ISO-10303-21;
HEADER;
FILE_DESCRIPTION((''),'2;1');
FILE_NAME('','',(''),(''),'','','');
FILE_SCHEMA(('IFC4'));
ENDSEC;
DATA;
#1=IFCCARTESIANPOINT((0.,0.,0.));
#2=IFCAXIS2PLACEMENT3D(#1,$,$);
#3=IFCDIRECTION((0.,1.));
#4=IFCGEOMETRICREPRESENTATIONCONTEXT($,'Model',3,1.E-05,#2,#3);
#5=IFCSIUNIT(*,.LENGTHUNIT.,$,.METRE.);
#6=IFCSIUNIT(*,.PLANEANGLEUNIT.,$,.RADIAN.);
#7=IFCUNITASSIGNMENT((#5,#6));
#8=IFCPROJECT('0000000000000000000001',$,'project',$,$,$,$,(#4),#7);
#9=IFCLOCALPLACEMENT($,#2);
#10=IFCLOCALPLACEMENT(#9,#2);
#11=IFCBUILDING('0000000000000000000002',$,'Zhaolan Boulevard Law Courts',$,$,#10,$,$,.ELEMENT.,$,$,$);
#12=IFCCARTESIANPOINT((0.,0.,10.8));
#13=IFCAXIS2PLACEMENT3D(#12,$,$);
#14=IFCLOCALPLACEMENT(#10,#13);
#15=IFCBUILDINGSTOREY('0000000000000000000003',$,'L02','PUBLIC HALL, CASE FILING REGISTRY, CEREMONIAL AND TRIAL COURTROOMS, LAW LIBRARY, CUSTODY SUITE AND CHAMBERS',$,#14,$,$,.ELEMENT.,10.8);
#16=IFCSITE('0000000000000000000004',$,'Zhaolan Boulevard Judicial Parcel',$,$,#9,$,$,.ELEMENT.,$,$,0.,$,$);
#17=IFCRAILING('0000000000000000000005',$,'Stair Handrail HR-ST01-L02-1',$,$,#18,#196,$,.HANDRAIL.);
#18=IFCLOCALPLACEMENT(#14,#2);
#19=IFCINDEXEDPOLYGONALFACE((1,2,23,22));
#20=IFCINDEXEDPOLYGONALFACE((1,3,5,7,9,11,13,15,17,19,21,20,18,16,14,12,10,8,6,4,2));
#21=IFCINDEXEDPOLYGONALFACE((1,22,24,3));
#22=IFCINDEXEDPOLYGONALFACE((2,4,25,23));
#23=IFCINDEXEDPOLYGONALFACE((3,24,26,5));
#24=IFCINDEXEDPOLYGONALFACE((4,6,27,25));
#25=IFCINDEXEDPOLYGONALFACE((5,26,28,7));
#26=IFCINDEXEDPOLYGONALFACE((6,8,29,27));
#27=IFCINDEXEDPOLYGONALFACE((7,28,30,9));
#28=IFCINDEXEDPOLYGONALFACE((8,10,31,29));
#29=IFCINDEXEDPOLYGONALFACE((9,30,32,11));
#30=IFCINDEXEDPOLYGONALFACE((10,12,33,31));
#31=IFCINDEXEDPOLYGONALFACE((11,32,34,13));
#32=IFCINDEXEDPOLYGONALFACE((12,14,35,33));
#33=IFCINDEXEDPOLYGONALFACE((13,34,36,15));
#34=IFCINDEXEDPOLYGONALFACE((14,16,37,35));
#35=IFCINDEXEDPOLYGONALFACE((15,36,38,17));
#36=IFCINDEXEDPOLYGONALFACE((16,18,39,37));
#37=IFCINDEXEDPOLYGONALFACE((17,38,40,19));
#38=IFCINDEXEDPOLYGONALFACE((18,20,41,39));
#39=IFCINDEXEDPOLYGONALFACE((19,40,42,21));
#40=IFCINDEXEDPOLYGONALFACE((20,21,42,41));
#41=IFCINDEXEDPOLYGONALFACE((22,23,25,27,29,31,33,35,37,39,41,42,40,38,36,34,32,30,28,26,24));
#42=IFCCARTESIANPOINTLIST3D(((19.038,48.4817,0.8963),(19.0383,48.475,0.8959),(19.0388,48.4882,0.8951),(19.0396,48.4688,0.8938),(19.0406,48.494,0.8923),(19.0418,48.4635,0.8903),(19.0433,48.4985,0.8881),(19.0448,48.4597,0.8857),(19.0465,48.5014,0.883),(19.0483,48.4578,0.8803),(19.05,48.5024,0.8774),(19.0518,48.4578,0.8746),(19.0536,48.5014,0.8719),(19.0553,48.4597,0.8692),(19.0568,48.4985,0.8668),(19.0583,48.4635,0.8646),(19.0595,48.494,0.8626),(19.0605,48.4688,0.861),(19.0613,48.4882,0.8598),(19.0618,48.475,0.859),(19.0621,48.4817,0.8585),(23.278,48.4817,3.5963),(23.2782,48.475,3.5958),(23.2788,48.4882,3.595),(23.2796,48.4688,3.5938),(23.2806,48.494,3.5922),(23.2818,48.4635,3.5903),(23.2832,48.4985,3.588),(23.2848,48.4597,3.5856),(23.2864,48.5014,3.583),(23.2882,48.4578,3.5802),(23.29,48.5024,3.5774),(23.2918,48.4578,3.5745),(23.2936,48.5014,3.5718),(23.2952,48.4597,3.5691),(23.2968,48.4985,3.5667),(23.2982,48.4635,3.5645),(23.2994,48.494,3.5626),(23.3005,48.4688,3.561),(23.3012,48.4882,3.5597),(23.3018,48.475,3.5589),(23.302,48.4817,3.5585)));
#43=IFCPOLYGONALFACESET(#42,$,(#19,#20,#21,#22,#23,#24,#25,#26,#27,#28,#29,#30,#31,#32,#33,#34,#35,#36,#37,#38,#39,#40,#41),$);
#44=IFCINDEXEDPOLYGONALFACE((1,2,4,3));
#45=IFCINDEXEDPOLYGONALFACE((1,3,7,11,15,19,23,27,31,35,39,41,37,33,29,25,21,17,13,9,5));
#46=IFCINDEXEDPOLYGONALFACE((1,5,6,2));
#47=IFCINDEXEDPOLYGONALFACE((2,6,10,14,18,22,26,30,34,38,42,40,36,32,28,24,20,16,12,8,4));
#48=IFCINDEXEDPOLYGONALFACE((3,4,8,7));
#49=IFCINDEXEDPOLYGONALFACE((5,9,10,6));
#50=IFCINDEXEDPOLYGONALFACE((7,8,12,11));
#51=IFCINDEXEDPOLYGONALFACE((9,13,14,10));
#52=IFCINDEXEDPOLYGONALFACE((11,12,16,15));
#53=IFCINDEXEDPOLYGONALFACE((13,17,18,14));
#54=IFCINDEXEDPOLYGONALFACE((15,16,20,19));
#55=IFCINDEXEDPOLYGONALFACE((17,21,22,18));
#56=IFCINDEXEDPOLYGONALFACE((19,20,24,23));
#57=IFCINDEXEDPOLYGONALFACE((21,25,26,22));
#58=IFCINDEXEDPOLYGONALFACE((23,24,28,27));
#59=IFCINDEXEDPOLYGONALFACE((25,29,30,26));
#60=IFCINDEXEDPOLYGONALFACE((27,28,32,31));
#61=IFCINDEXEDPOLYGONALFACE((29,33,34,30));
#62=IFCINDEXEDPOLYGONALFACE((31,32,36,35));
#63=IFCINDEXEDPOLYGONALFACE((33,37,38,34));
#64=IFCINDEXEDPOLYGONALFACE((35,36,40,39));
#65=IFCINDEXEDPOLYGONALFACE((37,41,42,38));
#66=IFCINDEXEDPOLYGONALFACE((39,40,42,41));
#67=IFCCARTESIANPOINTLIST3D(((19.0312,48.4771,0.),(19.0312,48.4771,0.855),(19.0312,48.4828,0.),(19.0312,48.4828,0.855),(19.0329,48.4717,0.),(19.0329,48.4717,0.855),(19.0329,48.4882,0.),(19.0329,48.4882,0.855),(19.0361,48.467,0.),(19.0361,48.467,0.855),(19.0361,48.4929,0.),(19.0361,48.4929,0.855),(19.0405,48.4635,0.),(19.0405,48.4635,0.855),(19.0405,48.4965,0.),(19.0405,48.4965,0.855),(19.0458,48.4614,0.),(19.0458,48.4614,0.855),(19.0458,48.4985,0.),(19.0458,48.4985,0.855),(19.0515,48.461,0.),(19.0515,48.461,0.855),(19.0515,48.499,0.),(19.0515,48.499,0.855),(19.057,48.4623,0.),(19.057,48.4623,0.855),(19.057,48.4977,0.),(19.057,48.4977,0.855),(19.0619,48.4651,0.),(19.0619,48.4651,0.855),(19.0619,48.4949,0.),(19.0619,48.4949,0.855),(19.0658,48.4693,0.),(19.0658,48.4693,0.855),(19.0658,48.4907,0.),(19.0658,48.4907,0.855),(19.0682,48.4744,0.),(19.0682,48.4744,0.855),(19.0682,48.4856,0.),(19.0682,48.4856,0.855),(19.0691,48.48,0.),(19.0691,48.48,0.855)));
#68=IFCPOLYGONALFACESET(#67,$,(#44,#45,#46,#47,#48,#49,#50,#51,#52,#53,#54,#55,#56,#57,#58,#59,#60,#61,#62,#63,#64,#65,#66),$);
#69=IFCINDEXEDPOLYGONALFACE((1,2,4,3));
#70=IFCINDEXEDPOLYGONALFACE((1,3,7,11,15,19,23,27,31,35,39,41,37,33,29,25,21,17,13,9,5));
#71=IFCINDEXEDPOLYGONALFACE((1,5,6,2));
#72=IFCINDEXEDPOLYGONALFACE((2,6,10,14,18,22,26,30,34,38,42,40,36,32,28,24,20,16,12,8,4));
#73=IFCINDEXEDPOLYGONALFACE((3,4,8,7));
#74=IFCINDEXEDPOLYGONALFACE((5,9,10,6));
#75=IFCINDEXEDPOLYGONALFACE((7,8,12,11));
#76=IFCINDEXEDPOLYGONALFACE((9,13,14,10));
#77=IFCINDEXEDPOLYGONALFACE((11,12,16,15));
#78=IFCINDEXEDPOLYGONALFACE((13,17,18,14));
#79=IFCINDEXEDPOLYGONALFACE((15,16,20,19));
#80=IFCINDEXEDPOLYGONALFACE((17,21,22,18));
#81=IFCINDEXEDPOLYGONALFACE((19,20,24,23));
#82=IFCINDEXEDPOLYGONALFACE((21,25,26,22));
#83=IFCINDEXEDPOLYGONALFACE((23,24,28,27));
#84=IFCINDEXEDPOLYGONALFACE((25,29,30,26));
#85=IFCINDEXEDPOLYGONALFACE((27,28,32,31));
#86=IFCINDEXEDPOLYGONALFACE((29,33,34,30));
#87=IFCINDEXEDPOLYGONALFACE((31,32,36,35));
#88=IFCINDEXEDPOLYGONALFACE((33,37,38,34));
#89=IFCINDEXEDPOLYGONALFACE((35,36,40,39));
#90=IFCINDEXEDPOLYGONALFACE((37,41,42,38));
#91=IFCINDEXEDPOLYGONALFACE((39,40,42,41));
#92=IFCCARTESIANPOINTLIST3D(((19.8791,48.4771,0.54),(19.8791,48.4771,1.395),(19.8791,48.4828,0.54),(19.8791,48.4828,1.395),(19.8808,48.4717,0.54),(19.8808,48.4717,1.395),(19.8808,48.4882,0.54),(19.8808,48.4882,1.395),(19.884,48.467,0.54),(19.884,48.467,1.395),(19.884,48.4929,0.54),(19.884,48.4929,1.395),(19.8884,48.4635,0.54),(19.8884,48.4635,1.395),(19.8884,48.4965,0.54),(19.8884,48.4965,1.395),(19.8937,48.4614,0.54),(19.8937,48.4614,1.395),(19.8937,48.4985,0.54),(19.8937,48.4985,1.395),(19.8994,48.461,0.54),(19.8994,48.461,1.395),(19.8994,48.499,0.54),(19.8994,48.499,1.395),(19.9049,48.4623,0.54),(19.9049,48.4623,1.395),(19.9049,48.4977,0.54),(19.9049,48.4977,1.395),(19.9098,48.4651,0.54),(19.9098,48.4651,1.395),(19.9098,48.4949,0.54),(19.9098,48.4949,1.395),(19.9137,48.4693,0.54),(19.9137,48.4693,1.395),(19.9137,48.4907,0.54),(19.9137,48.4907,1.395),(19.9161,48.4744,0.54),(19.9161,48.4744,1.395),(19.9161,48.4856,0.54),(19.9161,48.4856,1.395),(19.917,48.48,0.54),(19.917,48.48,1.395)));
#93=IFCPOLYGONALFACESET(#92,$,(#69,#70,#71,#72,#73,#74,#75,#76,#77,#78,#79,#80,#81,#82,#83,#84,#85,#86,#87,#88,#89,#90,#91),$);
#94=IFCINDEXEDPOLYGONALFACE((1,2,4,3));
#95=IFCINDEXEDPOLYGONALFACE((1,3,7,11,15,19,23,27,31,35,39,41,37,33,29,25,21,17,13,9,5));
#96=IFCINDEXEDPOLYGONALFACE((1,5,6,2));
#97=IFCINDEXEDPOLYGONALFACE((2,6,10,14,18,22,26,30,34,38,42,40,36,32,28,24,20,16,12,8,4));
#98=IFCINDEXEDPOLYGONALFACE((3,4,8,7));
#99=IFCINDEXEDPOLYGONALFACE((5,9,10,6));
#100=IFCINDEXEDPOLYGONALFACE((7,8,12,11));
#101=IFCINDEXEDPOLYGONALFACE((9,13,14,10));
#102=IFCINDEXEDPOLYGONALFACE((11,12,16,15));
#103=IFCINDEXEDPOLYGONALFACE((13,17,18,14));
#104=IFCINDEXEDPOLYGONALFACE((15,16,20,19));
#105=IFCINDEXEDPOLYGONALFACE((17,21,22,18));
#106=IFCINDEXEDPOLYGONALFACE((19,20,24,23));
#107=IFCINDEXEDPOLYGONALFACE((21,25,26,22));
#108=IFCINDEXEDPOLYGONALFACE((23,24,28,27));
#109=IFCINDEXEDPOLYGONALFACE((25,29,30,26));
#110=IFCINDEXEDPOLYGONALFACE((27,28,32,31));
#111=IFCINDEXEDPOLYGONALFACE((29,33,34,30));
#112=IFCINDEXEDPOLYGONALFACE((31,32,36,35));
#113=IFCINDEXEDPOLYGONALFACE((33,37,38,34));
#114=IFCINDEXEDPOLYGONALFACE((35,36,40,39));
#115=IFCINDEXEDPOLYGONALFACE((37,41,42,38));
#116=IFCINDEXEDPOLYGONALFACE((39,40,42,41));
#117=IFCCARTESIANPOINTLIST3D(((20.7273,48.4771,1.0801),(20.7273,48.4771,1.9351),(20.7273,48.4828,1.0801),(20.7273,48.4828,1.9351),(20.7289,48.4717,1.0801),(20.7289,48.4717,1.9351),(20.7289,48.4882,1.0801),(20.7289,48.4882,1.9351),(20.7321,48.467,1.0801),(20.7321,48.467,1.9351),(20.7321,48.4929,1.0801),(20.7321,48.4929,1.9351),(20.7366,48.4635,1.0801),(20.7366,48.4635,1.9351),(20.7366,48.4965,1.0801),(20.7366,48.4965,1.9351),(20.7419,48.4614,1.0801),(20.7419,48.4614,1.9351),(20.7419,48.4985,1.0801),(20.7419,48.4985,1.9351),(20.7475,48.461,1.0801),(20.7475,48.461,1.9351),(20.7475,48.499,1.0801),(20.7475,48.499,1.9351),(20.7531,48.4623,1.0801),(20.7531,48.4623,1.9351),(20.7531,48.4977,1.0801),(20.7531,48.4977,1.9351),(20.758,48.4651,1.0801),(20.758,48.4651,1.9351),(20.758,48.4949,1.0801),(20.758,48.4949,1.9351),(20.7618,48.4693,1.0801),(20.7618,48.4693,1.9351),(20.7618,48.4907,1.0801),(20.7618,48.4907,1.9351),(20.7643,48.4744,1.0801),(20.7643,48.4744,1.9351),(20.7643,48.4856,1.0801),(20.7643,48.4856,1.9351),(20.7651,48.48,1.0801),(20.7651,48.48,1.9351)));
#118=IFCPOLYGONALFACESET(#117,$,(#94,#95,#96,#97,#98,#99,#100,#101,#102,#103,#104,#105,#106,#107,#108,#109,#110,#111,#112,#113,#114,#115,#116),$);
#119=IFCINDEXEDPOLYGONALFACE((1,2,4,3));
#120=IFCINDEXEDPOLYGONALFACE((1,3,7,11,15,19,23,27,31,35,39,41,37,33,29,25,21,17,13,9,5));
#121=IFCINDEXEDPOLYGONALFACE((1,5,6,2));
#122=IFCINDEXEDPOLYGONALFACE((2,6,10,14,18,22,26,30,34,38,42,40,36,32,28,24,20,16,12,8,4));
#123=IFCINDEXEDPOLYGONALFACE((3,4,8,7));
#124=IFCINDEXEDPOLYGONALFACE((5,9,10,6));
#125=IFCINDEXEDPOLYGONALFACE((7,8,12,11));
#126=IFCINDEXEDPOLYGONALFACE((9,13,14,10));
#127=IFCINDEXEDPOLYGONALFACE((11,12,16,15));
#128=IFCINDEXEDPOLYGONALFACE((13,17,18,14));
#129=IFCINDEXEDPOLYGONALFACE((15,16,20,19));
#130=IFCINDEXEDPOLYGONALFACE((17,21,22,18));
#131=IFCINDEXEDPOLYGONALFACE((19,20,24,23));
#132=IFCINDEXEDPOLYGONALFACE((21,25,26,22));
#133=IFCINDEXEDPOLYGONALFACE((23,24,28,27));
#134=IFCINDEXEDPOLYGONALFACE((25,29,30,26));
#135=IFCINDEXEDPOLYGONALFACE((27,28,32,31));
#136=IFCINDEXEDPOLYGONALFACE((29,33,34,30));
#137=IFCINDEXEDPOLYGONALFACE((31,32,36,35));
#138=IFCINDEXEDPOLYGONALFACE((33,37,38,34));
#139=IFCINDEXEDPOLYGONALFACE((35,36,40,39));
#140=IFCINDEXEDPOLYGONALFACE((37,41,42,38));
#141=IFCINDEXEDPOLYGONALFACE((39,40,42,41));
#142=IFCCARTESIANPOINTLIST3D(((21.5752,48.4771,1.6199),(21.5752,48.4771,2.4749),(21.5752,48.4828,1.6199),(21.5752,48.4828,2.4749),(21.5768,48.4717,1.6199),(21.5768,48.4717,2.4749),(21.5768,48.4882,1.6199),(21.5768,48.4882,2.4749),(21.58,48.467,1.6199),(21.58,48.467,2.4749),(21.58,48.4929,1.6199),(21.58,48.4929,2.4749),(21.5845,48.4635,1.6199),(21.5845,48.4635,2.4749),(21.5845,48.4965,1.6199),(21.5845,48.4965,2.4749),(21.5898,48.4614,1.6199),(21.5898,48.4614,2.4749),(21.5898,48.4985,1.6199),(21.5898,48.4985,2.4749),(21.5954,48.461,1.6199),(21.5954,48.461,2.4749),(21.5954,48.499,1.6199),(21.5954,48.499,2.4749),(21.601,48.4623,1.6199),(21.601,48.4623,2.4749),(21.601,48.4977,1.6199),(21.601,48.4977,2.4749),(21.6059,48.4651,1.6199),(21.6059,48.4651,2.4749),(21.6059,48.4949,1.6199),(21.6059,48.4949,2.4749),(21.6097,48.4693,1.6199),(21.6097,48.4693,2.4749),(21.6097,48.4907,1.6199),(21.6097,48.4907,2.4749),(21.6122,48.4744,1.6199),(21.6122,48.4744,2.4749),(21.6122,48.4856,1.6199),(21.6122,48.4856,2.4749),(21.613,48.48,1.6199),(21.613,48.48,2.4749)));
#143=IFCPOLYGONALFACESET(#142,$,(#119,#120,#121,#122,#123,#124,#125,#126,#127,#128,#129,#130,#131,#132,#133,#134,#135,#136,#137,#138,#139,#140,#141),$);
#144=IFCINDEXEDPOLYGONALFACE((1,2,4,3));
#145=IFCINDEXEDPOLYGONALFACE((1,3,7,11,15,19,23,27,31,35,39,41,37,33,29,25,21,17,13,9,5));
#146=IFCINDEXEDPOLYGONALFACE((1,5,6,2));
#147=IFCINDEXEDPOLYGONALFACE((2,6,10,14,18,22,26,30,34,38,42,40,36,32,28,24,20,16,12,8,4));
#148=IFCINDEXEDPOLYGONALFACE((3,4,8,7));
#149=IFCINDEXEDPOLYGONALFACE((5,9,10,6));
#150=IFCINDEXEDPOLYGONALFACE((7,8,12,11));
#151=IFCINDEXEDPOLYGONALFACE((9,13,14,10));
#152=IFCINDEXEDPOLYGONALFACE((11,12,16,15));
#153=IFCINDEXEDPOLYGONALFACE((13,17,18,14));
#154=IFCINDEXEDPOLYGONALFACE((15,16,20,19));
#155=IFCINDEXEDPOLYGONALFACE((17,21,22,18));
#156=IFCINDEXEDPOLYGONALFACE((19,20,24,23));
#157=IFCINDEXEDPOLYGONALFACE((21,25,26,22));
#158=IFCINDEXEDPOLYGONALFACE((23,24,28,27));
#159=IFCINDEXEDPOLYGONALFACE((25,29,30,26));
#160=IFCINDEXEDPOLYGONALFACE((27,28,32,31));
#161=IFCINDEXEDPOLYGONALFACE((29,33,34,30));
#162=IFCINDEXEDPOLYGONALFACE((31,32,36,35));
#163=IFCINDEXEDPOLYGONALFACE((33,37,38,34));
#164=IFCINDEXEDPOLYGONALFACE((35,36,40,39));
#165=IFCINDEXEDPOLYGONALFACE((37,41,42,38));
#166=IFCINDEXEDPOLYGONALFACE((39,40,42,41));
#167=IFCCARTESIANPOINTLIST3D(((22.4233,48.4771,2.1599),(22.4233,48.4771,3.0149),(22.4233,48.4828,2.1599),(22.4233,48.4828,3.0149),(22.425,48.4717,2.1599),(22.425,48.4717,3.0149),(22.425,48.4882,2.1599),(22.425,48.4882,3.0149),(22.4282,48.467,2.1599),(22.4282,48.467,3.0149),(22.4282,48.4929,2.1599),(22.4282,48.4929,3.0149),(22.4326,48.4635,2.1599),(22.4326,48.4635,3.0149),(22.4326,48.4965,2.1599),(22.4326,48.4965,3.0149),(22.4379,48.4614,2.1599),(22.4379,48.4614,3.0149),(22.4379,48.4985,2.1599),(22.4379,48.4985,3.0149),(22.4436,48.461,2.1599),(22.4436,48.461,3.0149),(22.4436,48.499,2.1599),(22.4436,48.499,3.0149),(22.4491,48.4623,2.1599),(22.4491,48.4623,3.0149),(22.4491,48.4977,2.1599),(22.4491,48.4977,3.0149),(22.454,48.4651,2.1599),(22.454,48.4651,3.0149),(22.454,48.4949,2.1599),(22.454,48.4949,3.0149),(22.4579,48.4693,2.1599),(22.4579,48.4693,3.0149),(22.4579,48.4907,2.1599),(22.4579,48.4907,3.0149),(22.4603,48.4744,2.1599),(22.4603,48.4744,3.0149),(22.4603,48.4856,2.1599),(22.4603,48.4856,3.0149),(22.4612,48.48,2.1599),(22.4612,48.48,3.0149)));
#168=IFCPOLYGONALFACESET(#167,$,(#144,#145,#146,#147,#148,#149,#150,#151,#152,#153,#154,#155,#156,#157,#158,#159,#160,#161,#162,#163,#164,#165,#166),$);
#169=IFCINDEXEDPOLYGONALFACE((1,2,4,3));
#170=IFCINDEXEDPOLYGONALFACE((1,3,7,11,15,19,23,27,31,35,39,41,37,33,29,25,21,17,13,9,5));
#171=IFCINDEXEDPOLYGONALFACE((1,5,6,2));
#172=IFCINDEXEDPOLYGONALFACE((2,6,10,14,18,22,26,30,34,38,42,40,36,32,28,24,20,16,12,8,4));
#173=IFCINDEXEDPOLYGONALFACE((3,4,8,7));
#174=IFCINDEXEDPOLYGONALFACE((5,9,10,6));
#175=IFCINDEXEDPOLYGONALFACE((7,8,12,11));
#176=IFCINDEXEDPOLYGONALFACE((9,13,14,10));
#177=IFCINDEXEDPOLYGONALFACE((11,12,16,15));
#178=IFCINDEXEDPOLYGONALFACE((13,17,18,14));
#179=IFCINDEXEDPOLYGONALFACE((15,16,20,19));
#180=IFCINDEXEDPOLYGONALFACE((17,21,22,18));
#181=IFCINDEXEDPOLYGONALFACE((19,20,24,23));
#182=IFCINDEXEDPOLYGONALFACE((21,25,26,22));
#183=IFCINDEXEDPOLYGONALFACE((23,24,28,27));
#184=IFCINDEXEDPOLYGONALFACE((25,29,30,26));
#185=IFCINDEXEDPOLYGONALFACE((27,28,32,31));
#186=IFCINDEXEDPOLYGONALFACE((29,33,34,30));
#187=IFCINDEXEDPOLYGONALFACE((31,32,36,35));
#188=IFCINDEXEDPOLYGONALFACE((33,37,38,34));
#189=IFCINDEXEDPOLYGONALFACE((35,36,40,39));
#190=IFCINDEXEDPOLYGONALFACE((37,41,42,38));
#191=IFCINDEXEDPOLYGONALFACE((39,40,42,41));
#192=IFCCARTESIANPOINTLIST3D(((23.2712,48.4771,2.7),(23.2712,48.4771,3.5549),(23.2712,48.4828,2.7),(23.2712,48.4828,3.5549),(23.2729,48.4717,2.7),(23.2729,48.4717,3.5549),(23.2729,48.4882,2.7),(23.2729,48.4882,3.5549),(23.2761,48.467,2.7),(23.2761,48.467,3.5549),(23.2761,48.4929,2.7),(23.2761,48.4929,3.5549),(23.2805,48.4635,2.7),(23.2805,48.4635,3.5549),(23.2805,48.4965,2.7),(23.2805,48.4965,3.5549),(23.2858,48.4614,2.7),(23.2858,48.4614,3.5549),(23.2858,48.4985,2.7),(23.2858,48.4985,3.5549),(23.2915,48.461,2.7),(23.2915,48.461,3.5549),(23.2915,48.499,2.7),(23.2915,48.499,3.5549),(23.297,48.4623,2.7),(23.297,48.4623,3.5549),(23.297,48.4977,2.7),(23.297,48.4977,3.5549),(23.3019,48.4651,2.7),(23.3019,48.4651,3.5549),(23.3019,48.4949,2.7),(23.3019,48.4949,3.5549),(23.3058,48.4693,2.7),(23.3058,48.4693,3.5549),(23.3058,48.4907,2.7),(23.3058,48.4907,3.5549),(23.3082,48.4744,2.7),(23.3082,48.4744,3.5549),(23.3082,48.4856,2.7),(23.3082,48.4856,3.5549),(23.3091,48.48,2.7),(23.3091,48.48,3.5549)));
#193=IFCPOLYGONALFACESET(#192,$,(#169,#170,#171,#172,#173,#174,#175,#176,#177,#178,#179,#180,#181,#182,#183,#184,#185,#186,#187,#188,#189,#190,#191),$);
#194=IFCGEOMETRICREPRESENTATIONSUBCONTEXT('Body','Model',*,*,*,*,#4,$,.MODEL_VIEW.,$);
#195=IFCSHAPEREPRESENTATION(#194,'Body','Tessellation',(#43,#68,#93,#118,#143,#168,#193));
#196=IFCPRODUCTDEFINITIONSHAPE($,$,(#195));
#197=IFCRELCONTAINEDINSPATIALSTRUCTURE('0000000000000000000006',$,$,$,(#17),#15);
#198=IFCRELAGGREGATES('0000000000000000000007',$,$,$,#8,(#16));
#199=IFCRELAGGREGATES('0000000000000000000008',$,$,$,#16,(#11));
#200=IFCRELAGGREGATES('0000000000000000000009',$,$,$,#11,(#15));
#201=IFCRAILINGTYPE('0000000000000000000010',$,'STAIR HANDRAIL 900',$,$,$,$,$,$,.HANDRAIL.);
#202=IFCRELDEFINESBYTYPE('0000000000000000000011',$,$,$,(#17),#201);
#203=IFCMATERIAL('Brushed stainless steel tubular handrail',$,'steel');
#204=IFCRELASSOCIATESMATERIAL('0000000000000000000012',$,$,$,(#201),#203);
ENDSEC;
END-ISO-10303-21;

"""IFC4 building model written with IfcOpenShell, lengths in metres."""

from ifc_helpers import new_model, si_unit, direction, frame, origin, origin_2d, place, context, subcontext, project, spatial, circle, extrude, material, type_object, element, save


model = new_model("IFC4")

# Units and contexts
model_context = context("Model", 3, precision=1e-05, world=origin(), true_north=direction((0.0, 1.0)))
body_context = subcontext(model_context, "Body", "Model", "MODEL_VIEW")
ifc_project = project(units=[si_unit("LENGTHUNIT", "METRE"), si_unit("PLANEANGLEUNIT", "RADIAN")], contexts=[model_context])

# Site, building, storey
site_placement = place(None, origin())
site = spatial("IfcSite", under=ifc_project, at=site_placement, Name="Zhaolan Boulevard Judicial Parcel", CompositionType="ELEMENT", RefElevation=0.0)
building_placement = place(site_placement, origin())
building = spatial("IfcBuilding", under=site, at=building_placement, Name="Zhaolan Boulevard Law Courts", CompositionType="ELEMENT")
storey_placement = place(building_placement, frame((0.0, 0.0, 10.8)))
storey = spatial("IfcBuildingStorey", under=building, at=storey_placement, Name="L02", Description="PUBLIC HALL, CASE FILING REGISTRY, CEREMONIAL AND TRIAL COURTROOMS, LAW LIBRARY, CUSTODY SUITE AND CHAMBERS", CompositionType="ELEMENT", Elevation=10.8)

# Railing
ifc_material_1 = material(Name="Brushed stainless steel tubular handrail", Category="steel")
railing_type_1 = type_object("IfcRailingType", Name="STAIR HANDRAIL 900", PredefinedType="HANDRAIL", material=ifc_material_1)
railing_1_placement = place(storey_placement, frame((19.05, 48.48, 0.0)))
element("IfcRailing", 1, at=railing_1_placement, inside=storey, type_object=railing_type_1, Name="Stair Handrail HR-ST01-L02-1", PredefinedType="HANDRAIL", context=body_context, shape_type="SweptSolid", body=[
    extrude(circle(Radius=0.0225, at=origin_2d()), frame((0.0, 0.0, 0.8774), z_axis=(0.843501, 0.0, 0.537127), x_axis=(0.0, 1.0, 0.0)), (0.0, 0.0, 1.0), 5.0266),
    extrude(circle(Radius=0.019, at=origin_2d()), origin(), (0.0, 0.0, 1.0), 0.855),
    extrude(circle(Radius=0.019, at=origin_2d()), frame((0.8479, 0.0, 0.54)), (0.0, 0.0, 1.0), 0.855),
    extrude(circle(Radius=0.019, at=origin_2d()), frame((1.696, 0.0, 1.0801)), (0.0, 0.0, 1.0), 0.855),
    extrude(circle(Radius=0.019, at=origin_2d()), frame((2.5439, 0.0, 1.6199)), (0.0, 0.0, 1.0), 0.855),
    extrude(circle(Radius=0.019, at=origin_2d()), frame((3.3921, 0.0, 2.1599)), (0.0, 0.0, 1.0), 0.855),
    extrude(circle(Radius=0.019, at=origin_2d()), frame((4.24, 0.0, 2.7)), (0.0, 0.0, 1.0), 0.855),
])

save(model, "model.ifc")
